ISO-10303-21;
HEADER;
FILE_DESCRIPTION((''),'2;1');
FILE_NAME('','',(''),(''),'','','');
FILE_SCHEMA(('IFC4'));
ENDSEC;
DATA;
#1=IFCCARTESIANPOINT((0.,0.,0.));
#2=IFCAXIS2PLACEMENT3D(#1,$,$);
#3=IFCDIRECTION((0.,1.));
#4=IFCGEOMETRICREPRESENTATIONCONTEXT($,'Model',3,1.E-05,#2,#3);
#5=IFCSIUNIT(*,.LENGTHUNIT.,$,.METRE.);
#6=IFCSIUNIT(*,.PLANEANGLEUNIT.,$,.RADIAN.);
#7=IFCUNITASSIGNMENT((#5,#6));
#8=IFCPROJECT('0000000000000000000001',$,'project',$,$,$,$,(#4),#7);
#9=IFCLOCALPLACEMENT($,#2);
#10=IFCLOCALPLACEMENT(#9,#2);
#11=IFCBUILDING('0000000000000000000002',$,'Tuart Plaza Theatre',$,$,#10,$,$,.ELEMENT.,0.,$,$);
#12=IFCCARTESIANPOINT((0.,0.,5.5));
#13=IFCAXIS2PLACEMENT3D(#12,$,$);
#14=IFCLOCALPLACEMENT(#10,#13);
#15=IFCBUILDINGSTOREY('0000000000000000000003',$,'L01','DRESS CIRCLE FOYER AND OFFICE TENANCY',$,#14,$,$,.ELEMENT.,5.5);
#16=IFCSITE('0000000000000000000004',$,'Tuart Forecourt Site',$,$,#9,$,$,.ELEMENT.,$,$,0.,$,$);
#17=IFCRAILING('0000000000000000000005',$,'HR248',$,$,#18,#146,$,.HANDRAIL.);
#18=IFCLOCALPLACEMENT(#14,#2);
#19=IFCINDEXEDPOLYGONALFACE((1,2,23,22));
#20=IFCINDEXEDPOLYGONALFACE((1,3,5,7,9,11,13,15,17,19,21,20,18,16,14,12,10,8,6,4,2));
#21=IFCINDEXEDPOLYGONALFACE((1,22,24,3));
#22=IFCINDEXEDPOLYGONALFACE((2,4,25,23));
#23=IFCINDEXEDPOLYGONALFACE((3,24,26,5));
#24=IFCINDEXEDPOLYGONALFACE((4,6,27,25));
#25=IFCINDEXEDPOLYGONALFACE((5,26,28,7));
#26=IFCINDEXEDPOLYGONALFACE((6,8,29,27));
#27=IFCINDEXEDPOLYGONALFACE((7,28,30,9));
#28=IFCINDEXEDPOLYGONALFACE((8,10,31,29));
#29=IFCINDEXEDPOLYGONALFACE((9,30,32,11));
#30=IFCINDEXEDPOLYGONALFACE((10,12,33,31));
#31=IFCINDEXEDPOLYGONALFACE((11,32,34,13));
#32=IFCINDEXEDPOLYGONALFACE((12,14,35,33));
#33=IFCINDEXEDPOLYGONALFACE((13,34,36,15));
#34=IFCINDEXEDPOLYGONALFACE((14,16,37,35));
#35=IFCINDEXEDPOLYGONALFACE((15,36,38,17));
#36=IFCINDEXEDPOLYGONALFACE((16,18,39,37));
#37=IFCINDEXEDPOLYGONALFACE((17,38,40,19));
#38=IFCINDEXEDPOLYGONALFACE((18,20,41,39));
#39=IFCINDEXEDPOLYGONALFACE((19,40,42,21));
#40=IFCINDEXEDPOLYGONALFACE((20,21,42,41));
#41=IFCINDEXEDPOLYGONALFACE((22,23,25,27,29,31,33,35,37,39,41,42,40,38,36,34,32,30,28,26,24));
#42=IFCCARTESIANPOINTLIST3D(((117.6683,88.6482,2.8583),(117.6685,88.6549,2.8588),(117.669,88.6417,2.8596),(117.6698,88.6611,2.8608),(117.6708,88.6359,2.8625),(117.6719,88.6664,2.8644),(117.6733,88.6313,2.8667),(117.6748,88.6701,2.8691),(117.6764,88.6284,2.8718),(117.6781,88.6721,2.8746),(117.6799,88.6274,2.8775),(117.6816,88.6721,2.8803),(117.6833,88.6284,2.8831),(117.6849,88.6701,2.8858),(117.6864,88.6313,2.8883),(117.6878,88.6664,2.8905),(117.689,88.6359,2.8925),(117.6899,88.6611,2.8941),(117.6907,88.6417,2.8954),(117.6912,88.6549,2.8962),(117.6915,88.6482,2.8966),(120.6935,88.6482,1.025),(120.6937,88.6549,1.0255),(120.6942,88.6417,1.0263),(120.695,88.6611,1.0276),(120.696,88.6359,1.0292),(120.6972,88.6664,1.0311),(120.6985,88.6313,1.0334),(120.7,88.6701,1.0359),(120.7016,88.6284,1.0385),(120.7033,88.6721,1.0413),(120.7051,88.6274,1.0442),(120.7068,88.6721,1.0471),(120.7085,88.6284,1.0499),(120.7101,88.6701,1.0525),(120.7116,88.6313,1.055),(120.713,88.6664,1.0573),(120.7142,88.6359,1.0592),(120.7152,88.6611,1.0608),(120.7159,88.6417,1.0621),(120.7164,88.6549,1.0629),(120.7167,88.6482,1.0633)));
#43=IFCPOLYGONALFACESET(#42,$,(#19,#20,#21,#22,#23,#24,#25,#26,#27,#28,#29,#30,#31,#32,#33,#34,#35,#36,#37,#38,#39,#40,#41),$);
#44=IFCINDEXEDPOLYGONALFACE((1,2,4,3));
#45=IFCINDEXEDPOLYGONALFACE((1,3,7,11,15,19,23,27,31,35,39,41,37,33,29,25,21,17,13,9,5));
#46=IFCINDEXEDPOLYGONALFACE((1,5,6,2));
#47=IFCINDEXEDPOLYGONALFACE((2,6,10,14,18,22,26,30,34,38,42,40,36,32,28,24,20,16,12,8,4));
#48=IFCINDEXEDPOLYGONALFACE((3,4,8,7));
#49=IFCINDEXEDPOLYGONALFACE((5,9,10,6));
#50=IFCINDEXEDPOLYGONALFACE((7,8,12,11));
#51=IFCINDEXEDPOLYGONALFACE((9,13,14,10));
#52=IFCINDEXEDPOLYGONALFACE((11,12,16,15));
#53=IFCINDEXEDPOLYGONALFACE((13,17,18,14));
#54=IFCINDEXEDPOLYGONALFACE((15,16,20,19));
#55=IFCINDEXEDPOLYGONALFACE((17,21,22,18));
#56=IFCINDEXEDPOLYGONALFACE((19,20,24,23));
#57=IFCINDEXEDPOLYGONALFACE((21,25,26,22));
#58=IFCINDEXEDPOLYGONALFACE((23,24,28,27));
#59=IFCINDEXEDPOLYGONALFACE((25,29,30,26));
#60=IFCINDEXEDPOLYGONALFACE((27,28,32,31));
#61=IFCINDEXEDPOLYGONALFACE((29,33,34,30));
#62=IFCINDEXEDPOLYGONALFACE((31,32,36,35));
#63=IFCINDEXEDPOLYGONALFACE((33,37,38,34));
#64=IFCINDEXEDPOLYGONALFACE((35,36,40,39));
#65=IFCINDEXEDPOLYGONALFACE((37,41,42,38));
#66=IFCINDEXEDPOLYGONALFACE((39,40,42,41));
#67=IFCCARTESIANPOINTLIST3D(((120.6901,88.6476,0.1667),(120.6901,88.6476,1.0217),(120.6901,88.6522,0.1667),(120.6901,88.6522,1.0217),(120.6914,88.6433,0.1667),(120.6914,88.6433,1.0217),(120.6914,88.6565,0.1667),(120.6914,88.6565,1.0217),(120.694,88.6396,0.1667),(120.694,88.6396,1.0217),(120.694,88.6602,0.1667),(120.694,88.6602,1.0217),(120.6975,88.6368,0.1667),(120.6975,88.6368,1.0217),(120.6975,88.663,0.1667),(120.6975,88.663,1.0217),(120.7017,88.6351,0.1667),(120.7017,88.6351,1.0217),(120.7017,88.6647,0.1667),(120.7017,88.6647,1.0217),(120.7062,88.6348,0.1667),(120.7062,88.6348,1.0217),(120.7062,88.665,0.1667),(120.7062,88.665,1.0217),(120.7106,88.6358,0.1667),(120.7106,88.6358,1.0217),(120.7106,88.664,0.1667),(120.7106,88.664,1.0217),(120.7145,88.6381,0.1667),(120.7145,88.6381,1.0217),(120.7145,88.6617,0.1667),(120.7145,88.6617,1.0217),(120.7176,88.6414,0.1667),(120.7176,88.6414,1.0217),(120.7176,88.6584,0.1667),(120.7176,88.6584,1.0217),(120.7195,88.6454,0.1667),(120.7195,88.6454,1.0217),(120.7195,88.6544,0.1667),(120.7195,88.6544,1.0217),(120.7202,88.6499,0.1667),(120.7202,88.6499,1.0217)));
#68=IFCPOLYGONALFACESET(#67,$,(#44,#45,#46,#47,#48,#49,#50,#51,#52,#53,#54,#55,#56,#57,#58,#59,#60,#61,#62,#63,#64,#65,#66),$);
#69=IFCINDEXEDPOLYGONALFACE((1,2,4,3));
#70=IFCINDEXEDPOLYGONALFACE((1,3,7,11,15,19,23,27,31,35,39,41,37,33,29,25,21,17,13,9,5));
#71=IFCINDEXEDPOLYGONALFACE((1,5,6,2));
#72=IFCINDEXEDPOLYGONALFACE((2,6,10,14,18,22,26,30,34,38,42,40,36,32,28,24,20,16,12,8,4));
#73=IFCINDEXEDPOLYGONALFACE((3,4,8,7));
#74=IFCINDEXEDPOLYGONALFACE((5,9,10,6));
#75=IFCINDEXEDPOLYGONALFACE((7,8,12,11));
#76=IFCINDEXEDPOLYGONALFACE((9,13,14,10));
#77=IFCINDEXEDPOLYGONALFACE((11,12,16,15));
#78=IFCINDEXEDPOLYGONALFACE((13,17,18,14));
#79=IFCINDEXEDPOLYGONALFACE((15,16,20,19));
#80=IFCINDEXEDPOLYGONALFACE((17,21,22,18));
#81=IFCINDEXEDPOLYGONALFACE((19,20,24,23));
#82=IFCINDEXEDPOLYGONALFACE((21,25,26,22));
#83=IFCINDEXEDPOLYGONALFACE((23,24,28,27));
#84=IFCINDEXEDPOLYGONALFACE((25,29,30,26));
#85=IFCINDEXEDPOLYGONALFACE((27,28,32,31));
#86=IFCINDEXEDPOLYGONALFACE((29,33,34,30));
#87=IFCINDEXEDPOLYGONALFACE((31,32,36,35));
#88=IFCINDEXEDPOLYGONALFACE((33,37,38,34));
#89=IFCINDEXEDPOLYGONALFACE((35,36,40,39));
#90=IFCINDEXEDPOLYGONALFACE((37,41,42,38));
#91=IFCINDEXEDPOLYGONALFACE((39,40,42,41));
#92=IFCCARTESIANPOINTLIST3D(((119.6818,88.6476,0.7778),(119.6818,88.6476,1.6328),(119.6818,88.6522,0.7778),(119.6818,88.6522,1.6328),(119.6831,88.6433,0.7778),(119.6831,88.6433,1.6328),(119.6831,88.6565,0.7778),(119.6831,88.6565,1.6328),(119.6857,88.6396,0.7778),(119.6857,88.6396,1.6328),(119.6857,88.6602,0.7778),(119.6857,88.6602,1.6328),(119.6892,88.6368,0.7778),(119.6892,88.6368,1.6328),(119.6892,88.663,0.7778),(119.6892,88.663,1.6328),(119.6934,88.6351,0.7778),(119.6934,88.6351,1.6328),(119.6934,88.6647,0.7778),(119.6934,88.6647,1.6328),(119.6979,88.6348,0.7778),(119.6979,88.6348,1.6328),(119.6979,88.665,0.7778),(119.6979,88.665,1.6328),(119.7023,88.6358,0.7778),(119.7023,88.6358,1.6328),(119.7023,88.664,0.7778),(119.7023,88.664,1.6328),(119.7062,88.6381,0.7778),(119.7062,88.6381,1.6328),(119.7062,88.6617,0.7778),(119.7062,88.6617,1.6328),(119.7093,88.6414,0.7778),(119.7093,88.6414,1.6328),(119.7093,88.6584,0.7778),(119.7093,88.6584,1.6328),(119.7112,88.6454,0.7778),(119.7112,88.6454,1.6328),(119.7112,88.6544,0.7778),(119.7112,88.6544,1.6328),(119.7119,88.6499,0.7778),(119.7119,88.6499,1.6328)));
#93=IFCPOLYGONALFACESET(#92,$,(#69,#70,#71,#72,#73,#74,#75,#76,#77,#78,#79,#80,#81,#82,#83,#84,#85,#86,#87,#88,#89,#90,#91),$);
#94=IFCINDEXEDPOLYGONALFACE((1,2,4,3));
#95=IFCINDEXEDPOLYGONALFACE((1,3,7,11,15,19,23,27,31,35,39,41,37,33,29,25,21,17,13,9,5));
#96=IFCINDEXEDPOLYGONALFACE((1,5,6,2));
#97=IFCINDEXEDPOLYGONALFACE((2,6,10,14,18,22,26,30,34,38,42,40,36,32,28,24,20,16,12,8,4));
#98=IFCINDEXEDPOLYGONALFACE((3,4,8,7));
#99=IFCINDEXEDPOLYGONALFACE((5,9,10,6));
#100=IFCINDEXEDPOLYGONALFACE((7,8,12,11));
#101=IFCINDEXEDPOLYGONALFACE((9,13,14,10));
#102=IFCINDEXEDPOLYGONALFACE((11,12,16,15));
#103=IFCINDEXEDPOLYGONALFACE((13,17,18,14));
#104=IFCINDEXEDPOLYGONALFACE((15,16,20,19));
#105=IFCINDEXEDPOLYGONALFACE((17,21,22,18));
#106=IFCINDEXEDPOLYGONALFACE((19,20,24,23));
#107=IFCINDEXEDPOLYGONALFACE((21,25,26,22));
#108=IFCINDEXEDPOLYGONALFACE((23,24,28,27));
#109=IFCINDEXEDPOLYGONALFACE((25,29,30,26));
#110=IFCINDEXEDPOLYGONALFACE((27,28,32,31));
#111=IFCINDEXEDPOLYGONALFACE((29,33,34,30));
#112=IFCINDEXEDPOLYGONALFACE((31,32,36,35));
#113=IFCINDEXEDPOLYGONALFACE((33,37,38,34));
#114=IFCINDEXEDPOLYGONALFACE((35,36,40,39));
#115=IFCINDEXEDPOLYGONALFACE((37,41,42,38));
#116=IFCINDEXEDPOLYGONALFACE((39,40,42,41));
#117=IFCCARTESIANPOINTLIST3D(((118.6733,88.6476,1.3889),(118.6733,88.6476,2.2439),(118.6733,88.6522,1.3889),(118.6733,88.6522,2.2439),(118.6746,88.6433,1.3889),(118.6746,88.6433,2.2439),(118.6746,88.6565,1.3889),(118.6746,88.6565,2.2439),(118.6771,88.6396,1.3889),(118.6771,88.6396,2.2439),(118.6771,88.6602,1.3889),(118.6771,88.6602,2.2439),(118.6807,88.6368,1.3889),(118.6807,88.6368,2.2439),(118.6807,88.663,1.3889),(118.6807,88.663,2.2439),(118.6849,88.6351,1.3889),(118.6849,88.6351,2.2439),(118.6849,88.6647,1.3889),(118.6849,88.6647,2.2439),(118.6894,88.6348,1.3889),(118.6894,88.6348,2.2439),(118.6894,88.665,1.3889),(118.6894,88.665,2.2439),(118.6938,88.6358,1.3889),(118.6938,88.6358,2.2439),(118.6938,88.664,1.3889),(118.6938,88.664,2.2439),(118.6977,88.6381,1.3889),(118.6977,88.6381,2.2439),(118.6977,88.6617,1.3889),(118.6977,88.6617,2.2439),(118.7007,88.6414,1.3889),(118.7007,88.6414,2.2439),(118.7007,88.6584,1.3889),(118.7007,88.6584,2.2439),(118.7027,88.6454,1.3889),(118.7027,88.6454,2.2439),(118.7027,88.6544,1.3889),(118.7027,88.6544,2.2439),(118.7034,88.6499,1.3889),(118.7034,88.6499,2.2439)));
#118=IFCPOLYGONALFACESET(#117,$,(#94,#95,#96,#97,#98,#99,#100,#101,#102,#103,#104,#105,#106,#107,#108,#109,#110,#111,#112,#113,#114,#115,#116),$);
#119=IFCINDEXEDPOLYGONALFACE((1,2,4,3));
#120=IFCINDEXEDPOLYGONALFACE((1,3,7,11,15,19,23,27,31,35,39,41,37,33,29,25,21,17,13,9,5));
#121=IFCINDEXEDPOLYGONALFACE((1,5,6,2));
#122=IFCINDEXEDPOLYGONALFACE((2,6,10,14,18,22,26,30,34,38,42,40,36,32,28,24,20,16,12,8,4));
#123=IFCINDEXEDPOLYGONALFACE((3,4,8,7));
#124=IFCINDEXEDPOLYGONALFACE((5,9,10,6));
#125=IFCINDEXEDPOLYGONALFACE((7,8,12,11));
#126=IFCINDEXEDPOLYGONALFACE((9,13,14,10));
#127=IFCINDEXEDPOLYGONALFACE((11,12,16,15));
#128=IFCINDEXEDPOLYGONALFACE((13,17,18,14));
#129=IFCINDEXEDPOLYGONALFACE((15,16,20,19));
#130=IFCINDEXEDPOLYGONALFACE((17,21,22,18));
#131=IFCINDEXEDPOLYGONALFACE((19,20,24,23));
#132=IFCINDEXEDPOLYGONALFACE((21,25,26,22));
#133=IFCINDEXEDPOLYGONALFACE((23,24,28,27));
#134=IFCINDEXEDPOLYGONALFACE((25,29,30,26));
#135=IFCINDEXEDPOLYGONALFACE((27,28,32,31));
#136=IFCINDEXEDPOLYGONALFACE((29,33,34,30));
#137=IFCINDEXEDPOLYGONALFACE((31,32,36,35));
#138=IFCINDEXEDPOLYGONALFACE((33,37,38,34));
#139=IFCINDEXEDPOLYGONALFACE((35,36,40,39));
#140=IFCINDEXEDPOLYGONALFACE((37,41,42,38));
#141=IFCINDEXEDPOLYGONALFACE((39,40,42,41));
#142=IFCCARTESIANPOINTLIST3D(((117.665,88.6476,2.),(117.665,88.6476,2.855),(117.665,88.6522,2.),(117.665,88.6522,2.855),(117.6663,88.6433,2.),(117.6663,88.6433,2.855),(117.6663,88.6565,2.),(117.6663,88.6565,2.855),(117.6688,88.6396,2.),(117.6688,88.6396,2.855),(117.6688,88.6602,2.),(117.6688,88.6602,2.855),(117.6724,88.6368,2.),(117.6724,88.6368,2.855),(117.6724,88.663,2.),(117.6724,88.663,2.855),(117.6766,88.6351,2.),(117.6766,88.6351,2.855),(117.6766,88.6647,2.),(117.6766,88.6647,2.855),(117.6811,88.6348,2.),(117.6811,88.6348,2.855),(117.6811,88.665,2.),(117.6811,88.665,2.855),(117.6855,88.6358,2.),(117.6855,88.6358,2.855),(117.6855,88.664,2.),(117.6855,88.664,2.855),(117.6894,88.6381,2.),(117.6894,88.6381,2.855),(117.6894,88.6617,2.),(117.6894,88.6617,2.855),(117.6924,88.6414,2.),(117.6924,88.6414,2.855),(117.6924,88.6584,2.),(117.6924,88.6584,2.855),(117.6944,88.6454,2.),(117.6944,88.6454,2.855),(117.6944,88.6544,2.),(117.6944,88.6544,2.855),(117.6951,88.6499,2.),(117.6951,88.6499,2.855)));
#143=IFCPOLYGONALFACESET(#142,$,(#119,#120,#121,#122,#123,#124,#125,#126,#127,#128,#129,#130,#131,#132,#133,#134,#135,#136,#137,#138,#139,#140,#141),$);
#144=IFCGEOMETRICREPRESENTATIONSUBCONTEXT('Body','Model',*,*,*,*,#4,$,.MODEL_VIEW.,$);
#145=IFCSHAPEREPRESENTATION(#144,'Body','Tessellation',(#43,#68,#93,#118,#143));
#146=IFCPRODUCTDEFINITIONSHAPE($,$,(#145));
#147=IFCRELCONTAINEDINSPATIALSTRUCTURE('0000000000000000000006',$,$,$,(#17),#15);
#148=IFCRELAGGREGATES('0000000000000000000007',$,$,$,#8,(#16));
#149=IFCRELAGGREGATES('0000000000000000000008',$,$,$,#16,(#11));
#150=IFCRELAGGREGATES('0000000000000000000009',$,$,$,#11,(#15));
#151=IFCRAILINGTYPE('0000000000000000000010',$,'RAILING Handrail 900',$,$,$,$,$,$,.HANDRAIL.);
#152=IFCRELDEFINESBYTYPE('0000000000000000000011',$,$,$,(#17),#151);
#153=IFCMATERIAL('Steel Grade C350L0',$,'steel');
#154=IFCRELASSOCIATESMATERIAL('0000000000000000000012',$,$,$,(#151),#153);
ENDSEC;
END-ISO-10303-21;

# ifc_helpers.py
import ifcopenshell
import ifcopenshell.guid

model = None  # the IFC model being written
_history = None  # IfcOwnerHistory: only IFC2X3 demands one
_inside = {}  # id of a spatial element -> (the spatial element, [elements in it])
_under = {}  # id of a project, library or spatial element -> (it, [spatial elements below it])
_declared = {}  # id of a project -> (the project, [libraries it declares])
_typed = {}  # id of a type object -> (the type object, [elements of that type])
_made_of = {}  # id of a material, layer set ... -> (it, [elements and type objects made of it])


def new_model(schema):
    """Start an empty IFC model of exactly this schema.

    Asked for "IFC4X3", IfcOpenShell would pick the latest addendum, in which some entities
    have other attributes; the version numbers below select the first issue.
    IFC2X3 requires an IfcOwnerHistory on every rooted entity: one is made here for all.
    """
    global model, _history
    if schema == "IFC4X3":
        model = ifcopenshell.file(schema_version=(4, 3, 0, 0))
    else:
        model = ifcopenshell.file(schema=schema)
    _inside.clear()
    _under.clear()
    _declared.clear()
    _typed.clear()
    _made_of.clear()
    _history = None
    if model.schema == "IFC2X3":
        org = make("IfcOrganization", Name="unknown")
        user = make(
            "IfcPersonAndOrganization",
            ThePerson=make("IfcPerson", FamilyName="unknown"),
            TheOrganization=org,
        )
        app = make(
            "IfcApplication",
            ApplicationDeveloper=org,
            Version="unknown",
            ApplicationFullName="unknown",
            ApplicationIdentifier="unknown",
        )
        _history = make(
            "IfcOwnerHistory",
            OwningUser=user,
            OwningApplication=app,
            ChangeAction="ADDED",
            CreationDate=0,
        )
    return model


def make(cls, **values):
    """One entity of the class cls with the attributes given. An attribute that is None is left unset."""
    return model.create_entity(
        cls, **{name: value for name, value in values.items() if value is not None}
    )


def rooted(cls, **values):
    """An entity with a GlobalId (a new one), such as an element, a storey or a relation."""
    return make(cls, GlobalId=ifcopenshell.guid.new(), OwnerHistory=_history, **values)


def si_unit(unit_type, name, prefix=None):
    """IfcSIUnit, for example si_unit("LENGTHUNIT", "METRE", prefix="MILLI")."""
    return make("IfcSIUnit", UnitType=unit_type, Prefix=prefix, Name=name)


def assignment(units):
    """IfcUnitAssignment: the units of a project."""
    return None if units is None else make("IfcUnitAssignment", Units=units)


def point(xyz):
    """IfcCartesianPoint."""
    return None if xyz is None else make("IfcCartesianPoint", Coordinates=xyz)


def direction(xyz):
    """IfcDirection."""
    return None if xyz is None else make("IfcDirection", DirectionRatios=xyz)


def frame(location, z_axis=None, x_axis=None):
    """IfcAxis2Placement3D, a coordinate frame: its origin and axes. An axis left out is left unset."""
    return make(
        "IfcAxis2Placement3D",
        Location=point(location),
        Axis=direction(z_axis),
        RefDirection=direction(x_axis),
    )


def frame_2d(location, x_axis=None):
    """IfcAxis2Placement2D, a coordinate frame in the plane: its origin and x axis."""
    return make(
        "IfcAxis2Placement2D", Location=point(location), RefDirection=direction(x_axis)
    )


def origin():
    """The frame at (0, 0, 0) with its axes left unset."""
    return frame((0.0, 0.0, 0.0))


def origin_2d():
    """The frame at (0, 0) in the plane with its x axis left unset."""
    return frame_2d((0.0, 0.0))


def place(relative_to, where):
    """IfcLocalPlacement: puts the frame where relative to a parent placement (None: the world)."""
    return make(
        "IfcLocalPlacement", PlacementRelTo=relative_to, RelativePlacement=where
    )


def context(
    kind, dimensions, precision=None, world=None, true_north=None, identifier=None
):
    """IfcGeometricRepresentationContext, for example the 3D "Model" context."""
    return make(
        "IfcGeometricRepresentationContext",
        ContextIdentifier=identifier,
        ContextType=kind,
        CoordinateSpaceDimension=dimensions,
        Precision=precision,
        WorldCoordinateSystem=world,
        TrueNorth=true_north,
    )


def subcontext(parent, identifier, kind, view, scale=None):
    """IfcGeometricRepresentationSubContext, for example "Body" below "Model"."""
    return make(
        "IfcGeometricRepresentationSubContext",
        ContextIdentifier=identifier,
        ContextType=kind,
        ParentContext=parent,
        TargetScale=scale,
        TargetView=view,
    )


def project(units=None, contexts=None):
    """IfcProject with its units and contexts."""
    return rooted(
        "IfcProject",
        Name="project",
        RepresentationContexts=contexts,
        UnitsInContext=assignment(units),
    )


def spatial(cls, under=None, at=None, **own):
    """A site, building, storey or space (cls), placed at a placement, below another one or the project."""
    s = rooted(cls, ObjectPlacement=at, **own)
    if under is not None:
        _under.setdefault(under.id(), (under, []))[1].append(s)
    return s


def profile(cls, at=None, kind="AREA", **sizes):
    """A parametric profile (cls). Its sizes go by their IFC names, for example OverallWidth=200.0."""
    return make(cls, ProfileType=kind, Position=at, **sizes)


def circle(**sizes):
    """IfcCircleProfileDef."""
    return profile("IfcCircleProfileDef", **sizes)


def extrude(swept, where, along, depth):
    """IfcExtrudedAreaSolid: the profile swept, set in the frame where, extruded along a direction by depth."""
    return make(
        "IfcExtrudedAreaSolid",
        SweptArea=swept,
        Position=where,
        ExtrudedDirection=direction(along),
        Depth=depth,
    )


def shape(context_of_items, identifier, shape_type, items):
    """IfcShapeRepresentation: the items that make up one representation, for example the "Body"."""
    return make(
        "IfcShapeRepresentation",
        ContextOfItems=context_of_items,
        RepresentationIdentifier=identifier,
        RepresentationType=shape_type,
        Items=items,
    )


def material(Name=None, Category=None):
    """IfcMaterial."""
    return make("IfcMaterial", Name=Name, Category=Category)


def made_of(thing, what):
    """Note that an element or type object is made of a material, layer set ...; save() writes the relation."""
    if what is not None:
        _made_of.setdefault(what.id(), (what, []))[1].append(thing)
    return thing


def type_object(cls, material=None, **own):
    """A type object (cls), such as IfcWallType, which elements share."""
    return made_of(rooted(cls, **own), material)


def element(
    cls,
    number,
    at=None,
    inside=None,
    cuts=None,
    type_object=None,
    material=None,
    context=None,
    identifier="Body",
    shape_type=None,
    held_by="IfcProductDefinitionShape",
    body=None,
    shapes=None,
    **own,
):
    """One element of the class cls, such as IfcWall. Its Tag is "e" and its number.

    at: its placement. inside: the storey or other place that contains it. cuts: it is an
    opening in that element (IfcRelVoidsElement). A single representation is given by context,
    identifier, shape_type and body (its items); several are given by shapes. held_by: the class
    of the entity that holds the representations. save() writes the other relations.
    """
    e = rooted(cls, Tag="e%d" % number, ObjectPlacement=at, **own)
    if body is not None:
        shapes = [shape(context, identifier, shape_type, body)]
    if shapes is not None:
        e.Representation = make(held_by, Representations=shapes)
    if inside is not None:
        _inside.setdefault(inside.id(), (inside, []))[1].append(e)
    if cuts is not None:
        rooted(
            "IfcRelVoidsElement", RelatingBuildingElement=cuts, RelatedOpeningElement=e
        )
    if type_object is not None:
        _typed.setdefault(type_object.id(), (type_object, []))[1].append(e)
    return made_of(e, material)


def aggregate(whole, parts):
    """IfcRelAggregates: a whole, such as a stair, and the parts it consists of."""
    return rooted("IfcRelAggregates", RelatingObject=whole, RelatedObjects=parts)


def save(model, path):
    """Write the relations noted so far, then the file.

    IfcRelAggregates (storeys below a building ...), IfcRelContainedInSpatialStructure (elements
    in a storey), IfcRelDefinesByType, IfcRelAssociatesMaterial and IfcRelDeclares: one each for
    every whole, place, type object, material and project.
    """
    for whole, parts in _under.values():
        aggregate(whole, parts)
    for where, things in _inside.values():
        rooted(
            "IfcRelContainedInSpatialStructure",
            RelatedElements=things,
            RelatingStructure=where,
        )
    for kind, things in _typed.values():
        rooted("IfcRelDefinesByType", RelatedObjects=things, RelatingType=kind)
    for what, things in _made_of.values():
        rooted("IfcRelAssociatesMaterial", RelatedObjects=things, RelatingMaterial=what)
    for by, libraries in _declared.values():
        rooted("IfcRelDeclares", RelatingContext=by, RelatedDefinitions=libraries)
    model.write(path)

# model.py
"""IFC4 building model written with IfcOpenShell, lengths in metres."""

from ifc_helpers import new_model, si_unit, direction, frame, origin, origin_2d, place, context, subcontext, project, spatial, circle, extrude, material, type_object, element, save


model = new_model("IFC4")

# Units and contexts
model_context = context("Model", 3, precision=1e-05, world=origin(), true_north=direction((0.0, 1.0)))
body_context = subcontext(model_context, "Body", "Model", "MODEL_VIEW")
ifc_project = project(units=[si_unit("LENGTHUNIT", "METRE"), si_unit("PLANEANGLEUNIT", "RADIAN")], contexts=[model_context])

# Site, building, storey
site_placement = place(None, origin())
site = spatial("IfcSite", under=ifc_project, at=site_placement, Name="Tuart Forecourt Site", CompositionType="ELEMENT", RefElevation=0.0)
building_placement = place(site_placement, origin())
building = spatial("IfcBuilding", under=site, at=building_placement, Name="Tuart Plaza Theatre", CompositionType="ELEMENT", ElevationOfRefHeight=0.0)
storey_placement = place(building_placement, frame((0.0, 0.0, 5.5)))
storey = spatial("IfcBuildingStorey", under=building, at=storey_placement, Name="L01", Description="DRESS CIRCLE FOYER AND OFFICE TENANCY", CompositionType="ELEMENT", Elevation=5.5)

# Railing
ifc_material_1 = material(Name="Steel Grade C350L0", Category="steel")
railing_type_1 = type_object("IfcRailingType", Name="RAILING Handrail 900", PredefinedType="HANDRAIL", material=ifc_material_1)
for number, where, name in (
    (1, (120.7051, 88.6499, 0.1667), "HR248"),
):
    element("IfcRailing", number, at=place(storey_placement, frame(where)), inside=storey, type_object=railing_type_1, Name=name, PredefinedType="HANDRAIL", context=body_context, shape_type="SweptSolid", body=[
        extrude(circle(Radius=0.0225, at=origin_2d()), frame((0.0, 0.0, 0.8774), z_axis=(-0.855219, 0.0, 0.518267), x_axis=(0.0, -1.0, 0.0)), (0.0, 0.0, 1.0), 3.5374),
        extrude(circle(Radius=0.0151, at=origin_2d()), origin(), (0.0, 0.0, 1.0), 0.855),
        extrude(circle(Radius=0.0151, at=origin_2d()), frame((-1.0083, 0.0, 0.6111)), (0.0, 0.0, 1.0), 0.855),
        extrude(circle(Radius=0.0151, at=origin_2d()), frame((-2.0168, 0.0, 1.2222)), (0.0, 0.0, 1.0), 0.855),
        extrude(circle(Radius=0.0151, at=origin_2d()), frame((-3.0251, 0.0, 1.8333)), (0.0, 0.0, 1.0), 0.855),
    ])

save(model, "model.ifc")
